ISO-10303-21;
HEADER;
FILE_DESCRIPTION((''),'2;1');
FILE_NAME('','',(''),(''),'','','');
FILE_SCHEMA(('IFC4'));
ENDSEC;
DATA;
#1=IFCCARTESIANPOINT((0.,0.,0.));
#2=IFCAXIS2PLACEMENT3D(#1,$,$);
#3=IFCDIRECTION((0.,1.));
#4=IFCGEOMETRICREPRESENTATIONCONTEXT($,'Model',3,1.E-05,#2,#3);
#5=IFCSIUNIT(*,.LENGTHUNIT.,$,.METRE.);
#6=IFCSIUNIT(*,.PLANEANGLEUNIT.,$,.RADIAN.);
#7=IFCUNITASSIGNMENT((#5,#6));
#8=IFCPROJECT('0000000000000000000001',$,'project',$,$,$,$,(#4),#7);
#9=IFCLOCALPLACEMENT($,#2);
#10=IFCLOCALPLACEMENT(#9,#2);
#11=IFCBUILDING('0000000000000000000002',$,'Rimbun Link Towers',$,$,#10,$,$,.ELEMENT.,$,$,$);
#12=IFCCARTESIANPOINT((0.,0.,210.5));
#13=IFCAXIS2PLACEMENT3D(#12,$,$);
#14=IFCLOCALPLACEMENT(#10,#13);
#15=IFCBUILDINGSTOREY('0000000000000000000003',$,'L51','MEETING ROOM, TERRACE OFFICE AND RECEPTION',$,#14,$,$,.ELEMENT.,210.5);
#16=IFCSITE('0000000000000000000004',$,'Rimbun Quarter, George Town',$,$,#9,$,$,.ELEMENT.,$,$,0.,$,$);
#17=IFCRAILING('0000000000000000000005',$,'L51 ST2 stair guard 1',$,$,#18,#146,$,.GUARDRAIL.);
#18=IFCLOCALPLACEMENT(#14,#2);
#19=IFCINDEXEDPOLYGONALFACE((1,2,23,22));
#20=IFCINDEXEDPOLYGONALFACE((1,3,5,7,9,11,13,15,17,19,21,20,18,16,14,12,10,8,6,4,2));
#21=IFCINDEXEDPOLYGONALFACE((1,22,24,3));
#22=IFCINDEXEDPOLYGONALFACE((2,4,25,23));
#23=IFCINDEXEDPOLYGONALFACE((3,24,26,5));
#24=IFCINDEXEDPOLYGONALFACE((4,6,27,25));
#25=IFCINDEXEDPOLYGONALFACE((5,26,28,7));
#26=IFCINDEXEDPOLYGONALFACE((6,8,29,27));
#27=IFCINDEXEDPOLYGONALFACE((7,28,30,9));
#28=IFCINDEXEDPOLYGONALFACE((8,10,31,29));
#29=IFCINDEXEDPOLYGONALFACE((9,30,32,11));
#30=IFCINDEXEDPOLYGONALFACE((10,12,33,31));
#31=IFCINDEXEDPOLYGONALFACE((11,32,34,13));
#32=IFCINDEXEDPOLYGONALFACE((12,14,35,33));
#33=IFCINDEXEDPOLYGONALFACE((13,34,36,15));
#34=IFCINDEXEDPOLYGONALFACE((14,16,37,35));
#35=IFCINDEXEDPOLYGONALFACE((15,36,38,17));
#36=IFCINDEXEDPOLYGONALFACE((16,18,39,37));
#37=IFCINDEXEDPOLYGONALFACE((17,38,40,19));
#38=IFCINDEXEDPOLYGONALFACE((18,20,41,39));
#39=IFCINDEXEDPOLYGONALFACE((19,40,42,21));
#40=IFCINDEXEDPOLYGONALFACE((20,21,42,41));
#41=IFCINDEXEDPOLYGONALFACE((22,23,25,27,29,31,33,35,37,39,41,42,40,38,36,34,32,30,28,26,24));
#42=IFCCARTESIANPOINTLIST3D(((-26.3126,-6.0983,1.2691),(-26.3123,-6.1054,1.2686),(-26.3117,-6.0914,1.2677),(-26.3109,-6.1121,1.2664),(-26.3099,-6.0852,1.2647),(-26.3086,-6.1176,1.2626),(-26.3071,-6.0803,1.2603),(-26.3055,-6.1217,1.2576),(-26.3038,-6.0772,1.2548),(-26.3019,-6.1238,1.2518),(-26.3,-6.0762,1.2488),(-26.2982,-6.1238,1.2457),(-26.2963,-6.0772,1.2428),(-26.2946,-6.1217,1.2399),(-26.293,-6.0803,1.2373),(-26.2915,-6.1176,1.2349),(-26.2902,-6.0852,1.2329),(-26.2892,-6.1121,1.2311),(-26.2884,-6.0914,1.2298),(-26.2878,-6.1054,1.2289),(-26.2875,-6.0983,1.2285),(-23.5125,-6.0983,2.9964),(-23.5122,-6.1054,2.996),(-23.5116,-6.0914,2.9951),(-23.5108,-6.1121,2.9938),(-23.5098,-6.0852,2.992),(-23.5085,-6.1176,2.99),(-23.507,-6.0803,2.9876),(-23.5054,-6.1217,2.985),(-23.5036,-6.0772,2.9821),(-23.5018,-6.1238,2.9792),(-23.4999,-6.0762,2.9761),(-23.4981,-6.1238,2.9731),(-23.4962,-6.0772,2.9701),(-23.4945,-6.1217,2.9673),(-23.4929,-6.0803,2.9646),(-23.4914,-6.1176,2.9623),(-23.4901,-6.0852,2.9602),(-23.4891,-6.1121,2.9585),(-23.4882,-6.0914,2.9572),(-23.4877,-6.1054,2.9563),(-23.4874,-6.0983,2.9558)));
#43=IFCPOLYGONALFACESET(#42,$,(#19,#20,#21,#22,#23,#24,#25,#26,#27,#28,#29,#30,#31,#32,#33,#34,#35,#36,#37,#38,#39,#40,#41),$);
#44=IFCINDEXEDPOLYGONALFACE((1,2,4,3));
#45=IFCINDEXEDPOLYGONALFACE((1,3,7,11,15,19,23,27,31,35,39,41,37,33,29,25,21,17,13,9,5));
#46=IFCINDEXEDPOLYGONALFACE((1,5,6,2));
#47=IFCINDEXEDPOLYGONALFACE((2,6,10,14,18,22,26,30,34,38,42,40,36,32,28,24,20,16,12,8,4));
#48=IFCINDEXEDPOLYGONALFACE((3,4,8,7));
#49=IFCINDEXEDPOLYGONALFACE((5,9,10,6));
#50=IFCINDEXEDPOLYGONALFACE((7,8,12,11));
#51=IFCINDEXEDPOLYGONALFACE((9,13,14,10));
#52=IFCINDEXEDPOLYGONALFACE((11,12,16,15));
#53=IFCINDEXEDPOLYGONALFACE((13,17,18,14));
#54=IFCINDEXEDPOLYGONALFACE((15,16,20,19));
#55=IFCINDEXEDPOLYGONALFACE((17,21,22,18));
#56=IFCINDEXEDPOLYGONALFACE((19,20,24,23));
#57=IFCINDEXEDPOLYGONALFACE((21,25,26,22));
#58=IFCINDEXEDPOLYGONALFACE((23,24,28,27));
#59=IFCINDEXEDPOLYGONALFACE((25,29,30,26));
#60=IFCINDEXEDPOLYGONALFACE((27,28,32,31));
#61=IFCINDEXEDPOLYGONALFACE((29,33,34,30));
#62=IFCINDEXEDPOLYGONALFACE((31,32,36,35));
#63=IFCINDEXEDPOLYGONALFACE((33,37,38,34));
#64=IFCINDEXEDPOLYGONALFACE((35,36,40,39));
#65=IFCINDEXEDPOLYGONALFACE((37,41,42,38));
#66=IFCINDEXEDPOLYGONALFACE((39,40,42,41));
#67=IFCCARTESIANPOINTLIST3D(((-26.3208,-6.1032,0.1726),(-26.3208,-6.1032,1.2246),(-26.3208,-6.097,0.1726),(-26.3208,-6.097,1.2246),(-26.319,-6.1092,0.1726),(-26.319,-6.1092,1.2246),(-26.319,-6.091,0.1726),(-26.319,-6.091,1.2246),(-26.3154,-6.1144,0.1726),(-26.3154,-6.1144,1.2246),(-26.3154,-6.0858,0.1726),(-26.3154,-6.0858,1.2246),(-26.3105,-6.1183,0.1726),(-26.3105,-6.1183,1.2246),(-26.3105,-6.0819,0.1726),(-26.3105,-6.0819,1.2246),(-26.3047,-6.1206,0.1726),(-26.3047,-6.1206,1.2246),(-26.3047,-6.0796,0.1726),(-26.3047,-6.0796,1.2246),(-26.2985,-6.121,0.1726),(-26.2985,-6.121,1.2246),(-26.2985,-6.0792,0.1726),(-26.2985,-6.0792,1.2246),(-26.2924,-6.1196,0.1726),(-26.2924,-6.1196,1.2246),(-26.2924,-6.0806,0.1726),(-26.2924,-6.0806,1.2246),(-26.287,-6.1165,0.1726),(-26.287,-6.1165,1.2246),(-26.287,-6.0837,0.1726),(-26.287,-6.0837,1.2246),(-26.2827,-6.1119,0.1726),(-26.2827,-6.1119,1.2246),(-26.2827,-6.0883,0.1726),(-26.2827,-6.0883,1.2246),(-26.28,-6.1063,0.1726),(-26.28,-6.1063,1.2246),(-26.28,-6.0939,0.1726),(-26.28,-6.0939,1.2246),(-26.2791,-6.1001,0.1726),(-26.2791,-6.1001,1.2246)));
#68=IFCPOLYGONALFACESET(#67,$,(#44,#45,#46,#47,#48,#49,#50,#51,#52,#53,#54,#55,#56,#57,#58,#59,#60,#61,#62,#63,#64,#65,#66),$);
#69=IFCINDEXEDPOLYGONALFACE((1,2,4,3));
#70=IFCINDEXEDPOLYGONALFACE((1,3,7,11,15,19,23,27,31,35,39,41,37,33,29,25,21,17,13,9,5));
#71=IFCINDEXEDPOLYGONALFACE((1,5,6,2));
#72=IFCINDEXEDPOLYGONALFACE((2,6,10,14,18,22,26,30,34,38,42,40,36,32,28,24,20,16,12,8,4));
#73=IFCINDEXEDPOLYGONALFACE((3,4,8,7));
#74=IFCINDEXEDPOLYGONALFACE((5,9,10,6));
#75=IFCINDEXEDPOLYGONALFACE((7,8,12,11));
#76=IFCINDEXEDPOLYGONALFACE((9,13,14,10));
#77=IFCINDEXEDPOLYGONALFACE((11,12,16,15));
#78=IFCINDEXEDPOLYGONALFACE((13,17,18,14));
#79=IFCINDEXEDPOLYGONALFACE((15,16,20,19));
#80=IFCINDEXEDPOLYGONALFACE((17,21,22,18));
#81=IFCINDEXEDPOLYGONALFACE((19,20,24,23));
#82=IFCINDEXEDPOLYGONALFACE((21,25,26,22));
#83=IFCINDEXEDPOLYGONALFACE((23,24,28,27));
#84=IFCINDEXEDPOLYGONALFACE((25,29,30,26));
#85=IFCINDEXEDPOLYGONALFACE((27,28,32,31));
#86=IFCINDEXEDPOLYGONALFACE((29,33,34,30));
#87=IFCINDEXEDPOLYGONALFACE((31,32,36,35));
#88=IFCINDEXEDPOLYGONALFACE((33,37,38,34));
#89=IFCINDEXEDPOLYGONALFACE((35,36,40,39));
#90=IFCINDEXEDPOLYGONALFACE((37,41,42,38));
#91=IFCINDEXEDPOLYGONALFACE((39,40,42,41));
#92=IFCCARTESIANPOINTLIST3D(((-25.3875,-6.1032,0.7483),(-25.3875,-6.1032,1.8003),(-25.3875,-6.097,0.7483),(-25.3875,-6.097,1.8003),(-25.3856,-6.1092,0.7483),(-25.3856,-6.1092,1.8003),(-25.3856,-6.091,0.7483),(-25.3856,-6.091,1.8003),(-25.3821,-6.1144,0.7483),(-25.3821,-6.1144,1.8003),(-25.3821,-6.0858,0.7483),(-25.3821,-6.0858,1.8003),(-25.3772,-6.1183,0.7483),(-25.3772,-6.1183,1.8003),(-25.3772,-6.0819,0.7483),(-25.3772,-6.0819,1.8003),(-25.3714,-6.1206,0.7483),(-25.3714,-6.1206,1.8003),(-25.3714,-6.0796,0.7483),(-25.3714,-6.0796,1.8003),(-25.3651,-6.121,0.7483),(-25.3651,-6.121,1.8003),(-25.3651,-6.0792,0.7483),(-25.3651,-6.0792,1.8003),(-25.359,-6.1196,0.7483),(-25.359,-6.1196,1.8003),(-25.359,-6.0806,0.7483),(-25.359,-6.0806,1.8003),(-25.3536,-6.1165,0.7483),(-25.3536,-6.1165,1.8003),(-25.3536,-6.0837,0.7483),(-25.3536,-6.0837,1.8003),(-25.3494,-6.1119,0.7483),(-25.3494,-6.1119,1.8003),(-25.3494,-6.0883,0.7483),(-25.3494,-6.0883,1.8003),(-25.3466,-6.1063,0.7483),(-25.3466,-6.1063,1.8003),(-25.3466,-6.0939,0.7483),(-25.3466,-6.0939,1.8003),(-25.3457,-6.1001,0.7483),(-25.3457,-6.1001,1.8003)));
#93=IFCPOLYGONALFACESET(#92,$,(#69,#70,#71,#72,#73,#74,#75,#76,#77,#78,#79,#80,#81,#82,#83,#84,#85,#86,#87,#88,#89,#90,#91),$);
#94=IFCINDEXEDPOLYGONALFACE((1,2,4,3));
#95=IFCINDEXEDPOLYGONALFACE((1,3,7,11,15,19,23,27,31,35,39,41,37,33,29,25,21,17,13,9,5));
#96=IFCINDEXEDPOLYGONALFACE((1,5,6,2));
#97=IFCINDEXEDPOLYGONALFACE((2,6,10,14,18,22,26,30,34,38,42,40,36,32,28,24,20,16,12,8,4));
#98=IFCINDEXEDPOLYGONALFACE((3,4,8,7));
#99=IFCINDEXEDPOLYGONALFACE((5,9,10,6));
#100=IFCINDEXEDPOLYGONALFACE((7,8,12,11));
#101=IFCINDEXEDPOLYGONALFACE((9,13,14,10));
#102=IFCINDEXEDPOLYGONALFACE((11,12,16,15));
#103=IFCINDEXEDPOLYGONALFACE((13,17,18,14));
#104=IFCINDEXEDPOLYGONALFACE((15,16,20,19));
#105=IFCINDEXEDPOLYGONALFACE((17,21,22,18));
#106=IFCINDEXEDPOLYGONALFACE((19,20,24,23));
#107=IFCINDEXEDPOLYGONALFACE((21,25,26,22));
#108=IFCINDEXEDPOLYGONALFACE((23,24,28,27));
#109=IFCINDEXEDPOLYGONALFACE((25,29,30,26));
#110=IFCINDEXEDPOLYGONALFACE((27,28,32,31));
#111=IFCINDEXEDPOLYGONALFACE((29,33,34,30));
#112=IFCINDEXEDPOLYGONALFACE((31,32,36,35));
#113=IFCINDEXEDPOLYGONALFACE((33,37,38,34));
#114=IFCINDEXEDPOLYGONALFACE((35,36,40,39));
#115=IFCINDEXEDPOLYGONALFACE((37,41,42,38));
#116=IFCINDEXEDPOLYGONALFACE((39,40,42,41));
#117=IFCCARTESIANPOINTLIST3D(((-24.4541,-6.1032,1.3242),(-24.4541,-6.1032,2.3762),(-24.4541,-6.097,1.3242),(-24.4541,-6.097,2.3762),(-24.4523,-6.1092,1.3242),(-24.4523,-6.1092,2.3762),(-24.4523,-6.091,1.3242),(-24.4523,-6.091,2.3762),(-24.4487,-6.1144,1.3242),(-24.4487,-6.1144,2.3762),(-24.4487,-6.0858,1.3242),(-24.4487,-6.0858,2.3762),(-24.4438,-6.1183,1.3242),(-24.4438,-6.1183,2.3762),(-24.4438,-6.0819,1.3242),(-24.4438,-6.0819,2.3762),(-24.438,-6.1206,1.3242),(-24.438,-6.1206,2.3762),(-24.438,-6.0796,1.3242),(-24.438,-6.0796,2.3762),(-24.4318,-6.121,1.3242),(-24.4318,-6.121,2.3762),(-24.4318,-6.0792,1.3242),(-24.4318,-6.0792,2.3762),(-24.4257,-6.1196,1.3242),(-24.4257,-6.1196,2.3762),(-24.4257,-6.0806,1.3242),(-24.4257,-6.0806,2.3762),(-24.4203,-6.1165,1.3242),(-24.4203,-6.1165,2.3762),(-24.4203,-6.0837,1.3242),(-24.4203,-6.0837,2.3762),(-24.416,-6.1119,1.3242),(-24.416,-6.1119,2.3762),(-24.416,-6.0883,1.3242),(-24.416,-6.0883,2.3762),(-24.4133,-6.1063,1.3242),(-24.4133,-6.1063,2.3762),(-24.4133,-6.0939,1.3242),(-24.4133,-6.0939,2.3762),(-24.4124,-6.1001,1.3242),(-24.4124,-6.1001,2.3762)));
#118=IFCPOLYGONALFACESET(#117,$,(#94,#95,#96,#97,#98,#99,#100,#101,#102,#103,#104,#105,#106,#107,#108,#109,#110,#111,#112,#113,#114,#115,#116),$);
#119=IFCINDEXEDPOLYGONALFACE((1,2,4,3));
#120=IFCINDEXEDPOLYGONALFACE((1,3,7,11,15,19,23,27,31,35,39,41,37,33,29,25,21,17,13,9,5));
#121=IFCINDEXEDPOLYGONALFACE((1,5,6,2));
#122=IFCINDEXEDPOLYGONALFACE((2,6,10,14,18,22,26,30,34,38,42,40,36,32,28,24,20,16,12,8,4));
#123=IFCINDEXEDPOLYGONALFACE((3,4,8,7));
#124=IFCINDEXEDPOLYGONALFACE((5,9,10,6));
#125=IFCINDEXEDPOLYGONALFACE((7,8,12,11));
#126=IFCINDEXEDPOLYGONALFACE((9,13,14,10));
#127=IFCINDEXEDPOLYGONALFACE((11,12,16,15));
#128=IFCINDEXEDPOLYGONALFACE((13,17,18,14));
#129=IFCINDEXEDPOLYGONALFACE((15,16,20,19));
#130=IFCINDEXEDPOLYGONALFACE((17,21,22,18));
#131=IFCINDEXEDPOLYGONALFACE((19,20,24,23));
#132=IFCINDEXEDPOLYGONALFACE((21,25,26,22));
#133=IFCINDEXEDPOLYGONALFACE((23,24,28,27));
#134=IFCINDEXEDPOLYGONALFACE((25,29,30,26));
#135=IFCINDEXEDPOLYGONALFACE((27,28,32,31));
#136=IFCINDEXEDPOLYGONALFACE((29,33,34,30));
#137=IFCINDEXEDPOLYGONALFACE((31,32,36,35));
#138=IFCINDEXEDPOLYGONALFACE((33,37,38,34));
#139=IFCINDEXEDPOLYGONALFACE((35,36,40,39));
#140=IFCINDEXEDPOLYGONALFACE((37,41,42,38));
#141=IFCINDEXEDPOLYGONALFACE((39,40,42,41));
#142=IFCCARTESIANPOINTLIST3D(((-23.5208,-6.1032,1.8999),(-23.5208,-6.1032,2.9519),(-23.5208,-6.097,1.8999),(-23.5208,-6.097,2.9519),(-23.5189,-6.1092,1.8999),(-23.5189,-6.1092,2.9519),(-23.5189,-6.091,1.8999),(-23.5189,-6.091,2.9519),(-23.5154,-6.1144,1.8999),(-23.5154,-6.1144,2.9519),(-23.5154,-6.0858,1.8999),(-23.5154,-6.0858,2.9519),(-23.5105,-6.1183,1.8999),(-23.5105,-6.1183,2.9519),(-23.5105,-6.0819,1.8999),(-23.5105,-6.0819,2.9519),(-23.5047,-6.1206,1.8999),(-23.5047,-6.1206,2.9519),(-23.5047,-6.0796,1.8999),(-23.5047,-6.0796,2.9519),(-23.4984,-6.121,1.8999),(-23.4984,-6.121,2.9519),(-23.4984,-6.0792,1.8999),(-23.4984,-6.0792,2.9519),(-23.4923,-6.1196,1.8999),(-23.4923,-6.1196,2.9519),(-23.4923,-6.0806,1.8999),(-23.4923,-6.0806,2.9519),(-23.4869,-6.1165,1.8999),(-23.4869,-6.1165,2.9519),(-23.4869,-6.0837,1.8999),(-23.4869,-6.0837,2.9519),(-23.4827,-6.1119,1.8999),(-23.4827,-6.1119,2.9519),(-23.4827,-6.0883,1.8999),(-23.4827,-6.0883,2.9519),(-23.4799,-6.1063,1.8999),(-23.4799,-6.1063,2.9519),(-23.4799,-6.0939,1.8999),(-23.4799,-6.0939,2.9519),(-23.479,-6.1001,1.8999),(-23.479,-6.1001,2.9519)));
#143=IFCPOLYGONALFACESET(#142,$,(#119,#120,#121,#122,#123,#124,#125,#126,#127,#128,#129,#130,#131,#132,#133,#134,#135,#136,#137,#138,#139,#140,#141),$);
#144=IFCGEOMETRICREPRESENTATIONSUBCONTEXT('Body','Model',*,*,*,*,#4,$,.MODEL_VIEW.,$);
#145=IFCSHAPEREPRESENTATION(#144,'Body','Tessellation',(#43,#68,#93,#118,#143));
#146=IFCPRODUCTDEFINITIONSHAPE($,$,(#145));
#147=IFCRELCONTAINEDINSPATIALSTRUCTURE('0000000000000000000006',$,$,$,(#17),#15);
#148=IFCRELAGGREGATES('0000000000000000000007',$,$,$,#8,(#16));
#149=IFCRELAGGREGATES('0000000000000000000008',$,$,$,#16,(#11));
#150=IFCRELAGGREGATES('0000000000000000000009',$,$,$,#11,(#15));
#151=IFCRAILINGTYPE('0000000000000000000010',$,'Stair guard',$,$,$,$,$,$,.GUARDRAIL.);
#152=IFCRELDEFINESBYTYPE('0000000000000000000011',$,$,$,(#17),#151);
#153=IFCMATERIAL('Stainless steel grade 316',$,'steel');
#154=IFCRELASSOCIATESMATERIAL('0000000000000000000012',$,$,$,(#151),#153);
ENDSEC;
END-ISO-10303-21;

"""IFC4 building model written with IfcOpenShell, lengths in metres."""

from ifc_helpers import new_model, si_unit, direction, frame, origin, origin_2d, place, context, subcontext, project, spatial, circle, extrude, material, type_object, element, save


model = new_model("IFC4")

# Units and contexts
model_context = context("Model", 3, precision=1e-05, world=origin(), true_north=direction((0.0, 1.0)))
body_context = subcontext(model_context, "Body", "Model", "MODEL_VIEW")
ifc_project = project(units=[si_unit("LENGTHUNIT", "METRE"), si_unit("PLANEANGLEUNIT", "RADIAN")], contexts=[model_context])

# Site, building, storey
site_placement = place(None, origin())
site = spatial("IfcSite", under=ifc_project, at=site_placement, Name="Rimbun Quarter, George Town", CompositionType="ELEMENT", RefElevation=0.0)
building_placement = place(site_placement, origin())
building = spatial("IfcBuilding", under=site, at=building_placement, Name="Rimbun Link Towers", CompositionType="ELEMENT")
storey_placement = place(building_placement, frame((0.0, 0.0, 210.5)))
storey = spatial("IfcBuildingStorey", under=building, at=storey_placement, Name="L51", Description="MEETING ROOM, TERRACE OFFICE AND RECEPTION", CompositionType="ELEMENT", Elevation=210.5)

# Railing
ifc_material_1 = material(Name="Stainless steel grade 316", Category="steel")
railing_type_1 = type_object("IfcRailingType", Name="Stair guard", PredefinedType="GUARDRAIL", material=ifc_material_1)
railing_1_placement = place(storey_placement, frame((-26.3, -6.1001, 0.1726)))
element("IfcRailing", 1, at=railing_1_placement, inside=storey, type_object=railing_type_1, Name="L51 ST2 stair guard 1", PredefinedType="GUARDRAIL", context=body_context, shape_type="SweptSolid", body=[
    extrude(circle(Radius=0.0239, at=origin_2d()), frame((0.0, 0.0, 1.0762), z_axis=(0.85109, 0.0, 0.52502), x_axis=(0.0, 1.0, 0.0)), (0.0, 0.0, 1.0), 3.29),
    extrude(circle(Radius=0.021, at=origin_2d()), origin(), (0.0, 0.0, 1.0), 1.052),
    extrude(circle(Radius=0.021, at=origin_2d()), frame((0.9333, 0.0, 0.5757)), (0.0, 0.0, 1.0), 1.052),
    extrude(circle(Radius=0.021, at=origin_2d()), frame((1.8667, 0.0, 1.1516)), (0.0, 0.0, 1.0), 1.052),
    extrude(circle(Radius=0.021, at=origin_2d()), frame((2.8, 0.0, 1.7273)), (0.0, 0.0, 1.0), 1.052),
])

save(model, "model.ifc")
